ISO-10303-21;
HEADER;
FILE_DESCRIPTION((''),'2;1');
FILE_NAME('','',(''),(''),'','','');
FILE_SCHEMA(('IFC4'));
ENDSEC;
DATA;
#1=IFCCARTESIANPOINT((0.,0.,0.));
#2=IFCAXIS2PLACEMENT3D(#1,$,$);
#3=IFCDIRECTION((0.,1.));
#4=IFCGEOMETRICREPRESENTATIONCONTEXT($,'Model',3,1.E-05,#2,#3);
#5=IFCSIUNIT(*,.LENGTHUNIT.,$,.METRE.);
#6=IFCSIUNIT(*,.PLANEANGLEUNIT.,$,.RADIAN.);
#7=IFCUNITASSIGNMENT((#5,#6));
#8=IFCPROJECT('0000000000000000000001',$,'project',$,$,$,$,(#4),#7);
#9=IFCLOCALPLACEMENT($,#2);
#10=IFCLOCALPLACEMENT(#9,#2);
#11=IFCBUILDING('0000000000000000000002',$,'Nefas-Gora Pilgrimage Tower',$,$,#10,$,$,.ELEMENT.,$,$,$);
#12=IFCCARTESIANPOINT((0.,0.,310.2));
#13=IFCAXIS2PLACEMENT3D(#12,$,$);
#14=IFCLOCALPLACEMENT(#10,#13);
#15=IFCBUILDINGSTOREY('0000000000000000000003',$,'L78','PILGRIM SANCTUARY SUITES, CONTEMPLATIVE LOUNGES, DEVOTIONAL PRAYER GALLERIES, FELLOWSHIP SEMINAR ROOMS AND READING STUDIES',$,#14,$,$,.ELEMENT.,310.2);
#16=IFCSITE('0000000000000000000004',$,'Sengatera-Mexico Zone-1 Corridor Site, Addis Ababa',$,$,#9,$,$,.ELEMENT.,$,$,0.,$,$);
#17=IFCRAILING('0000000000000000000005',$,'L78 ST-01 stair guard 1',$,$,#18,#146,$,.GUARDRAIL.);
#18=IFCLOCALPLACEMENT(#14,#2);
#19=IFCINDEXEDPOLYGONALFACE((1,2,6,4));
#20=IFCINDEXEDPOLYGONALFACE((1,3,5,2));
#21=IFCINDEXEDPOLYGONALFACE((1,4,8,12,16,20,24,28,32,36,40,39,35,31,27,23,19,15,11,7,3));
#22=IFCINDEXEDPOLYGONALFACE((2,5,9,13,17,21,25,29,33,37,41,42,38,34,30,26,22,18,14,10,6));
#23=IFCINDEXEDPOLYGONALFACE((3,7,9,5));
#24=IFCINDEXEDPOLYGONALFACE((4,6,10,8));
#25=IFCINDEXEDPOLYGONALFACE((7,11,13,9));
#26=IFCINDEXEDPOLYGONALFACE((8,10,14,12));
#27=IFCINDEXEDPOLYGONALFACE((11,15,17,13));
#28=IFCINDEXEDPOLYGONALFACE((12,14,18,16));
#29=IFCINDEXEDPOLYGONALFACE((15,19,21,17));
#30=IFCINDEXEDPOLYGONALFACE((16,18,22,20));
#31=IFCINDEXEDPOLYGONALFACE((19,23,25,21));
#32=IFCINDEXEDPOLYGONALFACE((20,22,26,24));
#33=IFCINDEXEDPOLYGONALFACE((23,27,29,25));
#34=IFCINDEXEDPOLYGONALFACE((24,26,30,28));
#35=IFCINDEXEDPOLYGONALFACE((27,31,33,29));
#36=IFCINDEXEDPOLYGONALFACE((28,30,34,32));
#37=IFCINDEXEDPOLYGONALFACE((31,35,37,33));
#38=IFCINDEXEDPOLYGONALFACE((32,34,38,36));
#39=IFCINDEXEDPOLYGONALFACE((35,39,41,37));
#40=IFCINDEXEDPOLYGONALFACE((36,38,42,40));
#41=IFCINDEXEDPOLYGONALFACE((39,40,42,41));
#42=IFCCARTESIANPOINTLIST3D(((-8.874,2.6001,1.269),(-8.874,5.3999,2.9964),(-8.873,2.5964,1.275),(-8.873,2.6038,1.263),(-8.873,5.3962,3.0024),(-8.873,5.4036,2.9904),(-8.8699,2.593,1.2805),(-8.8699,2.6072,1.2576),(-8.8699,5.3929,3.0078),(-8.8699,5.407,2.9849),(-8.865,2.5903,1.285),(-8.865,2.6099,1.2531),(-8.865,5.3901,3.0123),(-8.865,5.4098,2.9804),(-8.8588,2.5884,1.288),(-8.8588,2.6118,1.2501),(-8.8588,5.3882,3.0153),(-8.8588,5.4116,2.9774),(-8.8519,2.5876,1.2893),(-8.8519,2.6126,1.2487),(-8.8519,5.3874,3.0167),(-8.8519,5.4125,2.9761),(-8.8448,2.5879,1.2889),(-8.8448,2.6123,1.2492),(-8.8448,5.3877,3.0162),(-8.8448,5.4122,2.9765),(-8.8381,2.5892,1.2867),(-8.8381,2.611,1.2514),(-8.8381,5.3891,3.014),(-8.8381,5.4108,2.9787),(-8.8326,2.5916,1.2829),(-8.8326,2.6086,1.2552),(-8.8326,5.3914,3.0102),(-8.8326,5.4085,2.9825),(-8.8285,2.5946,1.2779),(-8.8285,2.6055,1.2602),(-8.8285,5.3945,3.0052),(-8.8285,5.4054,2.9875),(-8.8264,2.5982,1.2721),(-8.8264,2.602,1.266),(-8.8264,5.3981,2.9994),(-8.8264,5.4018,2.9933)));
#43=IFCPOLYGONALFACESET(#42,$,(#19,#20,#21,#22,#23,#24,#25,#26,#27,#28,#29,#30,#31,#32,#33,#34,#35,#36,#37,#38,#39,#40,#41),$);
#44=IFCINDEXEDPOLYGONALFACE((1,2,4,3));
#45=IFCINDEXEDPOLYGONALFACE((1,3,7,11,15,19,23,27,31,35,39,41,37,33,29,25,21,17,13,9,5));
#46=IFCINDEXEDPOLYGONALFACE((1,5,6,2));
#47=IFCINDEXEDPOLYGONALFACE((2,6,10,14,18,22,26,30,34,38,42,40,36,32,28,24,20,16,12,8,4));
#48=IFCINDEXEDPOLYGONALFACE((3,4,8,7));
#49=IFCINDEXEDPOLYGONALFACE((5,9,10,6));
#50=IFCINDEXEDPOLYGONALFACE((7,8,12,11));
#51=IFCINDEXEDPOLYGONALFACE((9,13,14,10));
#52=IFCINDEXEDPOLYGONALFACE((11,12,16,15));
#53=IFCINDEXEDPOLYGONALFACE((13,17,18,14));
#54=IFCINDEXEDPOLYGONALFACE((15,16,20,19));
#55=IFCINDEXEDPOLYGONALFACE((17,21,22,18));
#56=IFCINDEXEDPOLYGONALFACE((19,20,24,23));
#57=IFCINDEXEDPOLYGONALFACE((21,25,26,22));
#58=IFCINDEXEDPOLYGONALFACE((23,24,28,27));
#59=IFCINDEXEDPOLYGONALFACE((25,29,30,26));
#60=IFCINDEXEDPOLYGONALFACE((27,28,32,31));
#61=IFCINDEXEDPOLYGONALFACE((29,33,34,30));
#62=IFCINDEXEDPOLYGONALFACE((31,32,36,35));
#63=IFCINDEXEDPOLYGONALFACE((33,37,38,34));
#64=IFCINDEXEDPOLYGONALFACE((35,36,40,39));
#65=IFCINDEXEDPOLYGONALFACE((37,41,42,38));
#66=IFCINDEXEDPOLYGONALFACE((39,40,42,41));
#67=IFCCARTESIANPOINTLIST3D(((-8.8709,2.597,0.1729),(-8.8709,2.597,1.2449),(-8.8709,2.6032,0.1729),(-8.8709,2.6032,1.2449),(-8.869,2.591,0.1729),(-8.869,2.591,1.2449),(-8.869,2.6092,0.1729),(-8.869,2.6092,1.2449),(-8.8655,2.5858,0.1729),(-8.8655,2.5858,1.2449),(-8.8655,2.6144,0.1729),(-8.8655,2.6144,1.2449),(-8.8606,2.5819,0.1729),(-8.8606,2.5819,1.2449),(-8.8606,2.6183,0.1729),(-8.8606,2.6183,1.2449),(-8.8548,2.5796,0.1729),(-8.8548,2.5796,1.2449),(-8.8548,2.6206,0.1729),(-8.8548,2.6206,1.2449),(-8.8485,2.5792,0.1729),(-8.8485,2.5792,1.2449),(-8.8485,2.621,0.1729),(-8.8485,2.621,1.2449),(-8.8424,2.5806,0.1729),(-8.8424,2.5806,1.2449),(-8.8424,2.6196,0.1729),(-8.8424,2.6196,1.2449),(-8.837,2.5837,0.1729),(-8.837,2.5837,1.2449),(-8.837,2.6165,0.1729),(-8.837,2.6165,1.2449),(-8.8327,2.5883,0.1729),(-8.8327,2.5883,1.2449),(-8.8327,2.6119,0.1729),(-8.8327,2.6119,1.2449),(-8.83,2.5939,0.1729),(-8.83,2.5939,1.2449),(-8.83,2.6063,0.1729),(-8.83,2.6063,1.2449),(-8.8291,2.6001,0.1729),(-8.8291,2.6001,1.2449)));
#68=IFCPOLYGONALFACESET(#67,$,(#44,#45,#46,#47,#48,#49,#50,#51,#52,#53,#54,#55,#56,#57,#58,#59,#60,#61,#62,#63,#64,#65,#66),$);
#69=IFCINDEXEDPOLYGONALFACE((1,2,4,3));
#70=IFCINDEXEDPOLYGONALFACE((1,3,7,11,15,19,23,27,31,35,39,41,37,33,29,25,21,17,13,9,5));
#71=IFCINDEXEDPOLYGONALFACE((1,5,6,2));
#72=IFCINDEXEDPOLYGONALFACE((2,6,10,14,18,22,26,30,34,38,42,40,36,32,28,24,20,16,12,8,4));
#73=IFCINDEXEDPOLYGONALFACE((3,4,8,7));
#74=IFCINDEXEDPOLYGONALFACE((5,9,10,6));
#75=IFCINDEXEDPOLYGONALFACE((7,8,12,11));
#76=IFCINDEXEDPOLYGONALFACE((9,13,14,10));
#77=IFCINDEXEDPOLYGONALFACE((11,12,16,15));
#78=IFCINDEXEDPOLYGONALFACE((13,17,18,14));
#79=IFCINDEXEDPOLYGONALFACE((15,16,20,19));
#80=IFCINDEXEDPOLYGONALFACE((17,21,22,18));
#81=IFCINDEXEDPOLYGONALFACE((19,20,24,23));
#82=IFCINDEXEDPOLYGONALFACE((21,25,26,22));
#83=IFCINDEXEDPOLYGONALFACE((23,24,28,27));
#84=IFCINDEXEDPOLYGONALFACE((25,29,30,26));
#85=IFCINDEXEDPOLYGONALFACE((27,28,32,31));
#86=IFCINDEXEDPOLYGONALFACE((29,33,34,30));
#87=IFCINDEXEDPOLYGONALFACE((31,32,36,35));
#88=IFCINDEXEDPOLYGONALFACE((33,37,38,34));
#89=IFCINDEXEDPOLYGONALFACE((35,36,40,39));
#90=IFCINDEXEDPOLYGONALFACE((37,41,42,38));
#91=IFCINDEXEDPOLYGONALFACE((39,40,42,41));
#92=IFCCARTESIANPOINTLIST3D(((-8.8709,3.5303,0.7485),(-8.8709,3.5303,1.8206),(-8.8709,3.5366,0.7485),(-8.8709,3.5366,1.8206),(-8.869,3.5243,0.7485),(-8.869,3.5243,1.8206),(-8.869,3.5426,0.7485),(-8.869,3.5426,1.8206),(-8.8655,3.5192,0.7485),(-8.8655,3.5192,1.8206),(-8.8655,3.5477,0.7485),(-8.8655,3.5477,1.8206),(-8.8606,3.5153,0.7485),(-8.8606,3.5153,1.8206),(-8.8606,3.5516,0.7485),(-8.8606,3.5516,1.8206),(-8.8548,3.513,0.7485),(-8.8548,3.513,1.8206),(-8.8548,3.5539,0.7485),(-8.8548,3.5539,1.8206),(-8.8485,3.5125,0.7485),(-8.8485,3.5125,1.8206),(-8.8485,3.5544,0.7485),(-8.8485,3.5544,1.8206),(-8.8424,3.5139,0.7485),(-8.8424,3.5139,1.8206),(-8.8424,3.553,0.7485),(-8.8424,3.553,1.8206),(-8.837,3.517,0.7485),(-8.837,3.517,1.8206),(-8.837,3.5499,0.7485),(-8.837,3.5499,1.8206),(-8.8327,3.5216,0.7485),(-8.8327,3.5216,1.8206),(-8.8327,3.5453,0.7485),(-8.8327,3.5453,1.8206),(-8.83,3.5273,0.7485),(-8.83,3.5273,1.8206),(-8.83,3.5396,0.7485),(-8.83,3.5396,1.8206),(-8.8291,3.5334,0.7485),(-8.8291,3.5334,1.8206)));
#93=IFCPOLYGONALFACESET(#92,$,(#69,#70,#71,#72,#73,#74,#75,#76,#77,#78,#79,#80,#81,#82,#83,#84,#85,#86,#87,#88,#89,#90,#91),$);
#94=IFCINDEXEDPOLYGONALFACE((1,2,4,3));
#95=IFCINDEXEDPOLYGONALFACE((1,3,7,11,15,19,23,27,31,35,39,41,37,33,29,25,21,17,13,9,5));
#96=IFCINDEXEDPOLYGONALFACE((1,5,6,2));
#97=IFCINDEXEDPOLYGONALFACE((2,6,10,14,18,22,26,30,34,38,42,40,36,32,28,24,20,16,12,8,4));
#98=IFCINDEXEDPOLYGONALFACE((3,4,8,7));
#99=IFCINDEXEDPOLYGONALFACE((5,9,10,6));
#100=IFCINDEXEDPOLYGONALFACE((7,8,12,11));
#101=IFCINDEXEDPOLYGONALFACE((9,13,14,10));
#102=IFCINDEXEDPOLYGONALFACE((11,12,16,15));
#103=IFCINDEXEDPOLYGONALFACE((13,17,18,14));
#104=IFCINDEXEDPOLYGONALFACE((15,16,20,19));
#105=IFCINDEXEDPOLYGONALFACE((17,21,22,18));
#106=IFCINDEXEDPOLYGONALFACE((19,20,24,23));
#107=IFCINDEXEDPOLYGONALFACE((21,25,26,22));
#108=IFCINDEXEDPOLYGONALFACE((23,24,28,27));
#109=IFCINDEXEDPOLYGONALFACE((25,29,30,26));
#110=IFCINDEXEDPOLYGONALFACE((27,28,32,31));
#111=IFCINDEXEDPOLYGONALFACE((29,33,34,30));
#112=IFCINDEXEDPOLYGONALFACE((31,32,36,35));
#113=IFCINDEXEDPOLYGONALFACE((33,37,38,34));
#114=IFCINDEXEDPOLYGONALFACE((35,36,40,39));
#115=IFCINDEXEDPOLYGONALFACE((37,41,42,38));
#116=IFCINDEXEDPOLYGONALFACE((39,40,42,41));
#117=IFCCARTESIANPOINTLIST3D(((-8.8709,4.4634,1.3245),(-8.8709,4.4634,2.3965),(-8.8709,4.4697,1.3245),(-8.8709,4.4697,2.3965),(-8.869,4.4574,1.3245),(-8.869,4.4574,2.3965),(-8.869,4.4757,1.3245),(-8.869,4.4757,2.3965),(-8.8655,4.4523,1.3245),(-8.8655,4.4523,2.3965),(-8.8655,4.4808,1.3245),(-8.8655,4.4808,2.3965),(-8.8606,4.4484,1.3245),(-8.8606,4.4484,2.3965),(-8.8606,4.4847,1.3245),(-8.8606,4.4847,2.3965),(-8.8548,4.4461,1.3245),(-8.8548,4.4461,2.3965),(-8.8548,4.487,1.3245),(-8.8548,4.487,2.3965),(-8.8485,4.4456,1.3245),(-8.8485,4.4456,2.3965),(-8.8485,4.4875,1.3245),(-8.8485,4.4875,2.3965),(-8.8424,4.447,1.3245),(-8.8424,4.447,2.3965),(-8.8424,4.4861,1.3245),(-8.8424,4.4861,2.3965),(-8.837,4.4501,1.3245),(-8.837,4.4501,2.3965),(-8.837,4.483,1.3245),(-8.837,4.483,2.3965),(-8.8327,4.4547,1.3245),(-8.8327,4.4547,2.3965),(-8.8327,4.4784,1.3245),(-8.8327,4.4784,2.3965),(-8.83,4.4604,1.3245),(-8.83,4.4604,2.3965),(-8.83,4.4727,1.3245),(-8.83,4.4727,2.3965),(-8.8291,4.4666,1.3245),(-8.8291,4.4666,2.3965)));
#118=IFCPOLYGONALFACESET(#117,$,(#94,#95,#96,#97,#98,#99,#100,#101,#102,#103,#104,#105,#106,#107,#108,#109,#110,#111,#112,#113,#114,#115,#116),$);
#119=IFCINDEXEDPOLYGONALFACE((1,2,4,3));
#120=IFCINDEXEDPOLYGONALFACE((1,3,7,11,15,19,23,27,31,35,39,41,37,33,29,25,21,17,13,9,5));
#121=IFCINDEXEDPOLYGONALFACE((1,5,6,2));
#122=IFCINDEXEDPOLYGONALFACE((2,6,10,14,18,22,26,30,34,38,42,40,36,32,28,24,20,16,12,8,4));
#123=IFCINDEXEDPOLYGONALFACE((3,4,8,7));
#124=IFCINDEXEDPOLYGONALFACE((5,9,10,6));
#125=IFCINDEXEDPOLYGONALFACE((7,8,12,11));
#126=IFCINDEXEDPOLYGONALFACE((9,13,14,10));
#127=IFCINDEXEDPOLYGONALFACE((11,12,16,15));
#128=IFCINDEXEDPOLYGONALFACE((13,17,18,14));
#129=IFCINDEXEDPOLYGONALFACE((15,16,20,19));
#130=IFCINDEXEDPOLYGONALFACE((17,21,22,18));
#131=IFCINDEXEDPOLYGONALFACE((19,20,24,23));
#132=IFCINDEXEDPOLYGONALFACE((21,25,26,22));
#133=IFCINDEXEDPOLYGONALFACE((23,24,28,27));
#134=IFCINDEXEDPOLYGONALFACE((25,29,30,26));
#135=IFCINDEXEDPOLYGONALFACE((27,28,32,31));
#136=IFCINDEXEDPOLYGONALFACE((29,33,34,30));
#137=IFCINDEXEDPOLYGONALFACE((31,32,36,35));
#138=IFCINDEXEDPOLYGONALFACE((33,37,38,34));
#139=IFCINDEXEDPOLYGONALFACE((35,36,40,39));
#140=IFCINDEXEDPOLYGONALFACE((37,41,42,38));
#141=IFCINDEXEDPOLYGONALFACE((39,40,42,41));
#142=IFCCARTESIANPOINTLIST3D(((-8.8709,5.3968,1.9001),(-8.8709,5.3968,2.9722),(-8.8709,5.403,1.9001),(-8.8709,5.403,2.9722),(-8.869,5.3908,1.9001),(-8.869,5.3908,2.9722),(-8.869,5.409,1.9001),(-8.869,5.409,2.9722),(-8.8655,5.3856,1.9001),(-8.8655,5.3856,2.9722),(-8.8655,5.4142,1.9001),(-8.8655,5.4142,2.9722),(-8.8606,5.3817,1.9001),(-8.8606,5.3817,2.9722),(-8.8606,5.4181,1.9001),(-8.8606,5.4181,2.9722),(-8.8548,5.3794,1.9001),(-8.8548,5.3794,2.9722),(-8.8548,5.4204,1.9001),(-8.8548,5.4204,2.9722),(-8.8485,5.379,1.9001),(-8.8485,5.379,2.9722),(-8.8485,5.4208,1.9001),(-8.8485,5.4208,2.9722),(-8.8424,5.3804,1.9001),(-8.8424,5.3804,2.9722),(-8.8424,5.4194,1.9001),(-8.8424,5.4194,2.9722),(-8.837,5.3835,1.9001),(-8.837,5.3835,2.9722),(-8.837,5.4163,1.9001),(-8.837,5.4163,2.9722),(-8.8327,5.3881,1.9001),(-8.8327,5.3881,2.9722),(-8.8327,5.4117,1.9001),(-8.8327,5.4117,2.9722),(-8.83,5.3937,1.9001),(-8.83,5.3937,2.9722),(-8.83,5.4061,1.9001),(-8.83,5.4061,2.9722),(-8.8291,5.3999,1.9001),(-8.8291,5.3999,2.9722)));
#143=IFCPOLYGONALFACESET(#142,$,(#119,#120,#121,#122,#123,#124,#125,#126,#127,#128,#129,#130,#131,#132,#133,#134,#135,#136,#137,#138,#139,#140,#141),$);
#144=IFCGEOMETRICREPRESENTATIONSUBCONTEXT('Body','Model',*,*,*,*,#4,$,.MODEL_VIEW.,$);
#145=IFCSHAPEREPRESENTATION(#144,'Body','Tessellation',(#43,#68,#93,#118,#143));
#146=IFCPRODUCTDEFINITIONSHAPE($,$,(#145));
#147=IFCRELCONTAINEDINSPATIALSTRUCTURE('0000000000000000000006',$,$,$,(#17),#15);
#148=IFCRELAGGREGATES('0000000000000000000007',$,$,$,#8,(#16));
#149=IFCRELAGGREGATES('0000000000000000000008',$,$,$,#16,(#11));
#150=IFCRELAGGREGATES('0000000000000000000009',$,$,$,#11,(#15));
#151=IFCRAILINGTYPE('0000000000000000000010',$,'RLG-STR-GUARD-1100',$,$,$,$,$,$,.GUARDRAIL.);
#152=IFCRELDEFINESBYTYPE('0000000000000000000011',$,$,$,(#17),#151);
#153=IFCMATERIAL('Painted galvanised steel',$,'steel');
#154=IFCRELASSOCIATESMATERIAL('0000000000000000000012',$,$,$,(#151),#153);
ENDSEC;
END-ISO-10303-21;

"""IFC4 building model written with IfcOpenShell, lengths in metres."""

from ifc_helpers import new_model, si_unit, direction, frame, origin, origin_2d, place, context, subcontext, project, spatial, circle, extrude, material, type_object, element, save


model = new_model("IFC4")

# Units and contexts
model_context = context("Model", 3, precision=1e-05, world=origin(), true_north=direction((0.0, 1.0)))
body_context = subcontext(model_context, "Body", "Model", "MODEL_VIEW")
ifc_project = project(units=[si_unit("LENGTHUNIT", "METRE"), si_unit("PLANEANGLEUNIT", "RADIAN")], contexts=[model_context])

# Site, building, storey
site_placement = place(None, origin())
site = spatial("IfcSite", under=ifc_project, at=site_placement, Name="Sengatera-Mexico Zone-1 Corridor Site, Addis Ababa", CompositionType="ELEMENT", RefElevation=0.0)
building_placement = place(site_placement, origin())
building = spatial("IfcBuilding", under=site, at=building_placement, Name="Nefas-Gora Pilgrimage Tower", CompositionType="ELEMENT")
storey_placement = place(building_placement, frame((0.0, 0.0, 310.2)))
storey = spatial("IfcBuildingStorey", under=building, at=storey_placement, Name="L78", Description="PILGRIM SANCTUARY SUITES, CONTEMPLATIVE LOUNGES, DEVOTIONAL PRAYER GALLERIES, FELLOWSHIP SEMINAR ROOMS AND READING STUDIES", CompositionType="ELEMENT", Elevation=310.2)

# Railing
ifc_material_1 = material(Name="Painted galvanised steel", Category="steel")
railing_type_1 = type_object("IfcRailingType", Name="RLG-STR-GUARD-1100", PredefinedType="GUARDRAIL", material=ifc_material_1)
railing_1_placement = place(storey_placement, frame((-8.8501, 2.6001, 0.1729)))
element("IfcRailing", 1, at=railing_1_placement, inside=storey, type_object=railing_type_1, Name="L78 ST-01 stair guard 1", PredefinedType="GUARDRAIL", context=body_context, shape_type="SweptSolid", body=[
    extrude(circle(Radius=0.0239, at=origin_2d()), frame((0.0, 0.0, 1.0962), z_axis=(0.0, 0.851069, 0.525054), x_axis=(-1.0, 0.0, 0.0)), (0.0, 0.0, 1.0), 3.2898),
    extrude(circle(Radius=0.021, at=origin_2d()), origin(), (0.0, 0.0, 1.0), 1.072),
    extrude(circle(Radius=0.021, at=origin_2d()), frame((0.0, 0.9333, 0.5757)), (0.0, 0.0, 1.0), 1.072),
    extrude(circle(Radius=0.021, at=origin_2d()), frame((0.0, 1.8665, 1.1516)), (0.0, 0.0, 1.0), 1.072),
    extrude(circle(Radius=0.021, at=origin_2d()), frame((0.0, 2.7998, 1.7273)), (0.0, 0.0, 1.0), 1.072),
])

save(model, "model.ifc")
